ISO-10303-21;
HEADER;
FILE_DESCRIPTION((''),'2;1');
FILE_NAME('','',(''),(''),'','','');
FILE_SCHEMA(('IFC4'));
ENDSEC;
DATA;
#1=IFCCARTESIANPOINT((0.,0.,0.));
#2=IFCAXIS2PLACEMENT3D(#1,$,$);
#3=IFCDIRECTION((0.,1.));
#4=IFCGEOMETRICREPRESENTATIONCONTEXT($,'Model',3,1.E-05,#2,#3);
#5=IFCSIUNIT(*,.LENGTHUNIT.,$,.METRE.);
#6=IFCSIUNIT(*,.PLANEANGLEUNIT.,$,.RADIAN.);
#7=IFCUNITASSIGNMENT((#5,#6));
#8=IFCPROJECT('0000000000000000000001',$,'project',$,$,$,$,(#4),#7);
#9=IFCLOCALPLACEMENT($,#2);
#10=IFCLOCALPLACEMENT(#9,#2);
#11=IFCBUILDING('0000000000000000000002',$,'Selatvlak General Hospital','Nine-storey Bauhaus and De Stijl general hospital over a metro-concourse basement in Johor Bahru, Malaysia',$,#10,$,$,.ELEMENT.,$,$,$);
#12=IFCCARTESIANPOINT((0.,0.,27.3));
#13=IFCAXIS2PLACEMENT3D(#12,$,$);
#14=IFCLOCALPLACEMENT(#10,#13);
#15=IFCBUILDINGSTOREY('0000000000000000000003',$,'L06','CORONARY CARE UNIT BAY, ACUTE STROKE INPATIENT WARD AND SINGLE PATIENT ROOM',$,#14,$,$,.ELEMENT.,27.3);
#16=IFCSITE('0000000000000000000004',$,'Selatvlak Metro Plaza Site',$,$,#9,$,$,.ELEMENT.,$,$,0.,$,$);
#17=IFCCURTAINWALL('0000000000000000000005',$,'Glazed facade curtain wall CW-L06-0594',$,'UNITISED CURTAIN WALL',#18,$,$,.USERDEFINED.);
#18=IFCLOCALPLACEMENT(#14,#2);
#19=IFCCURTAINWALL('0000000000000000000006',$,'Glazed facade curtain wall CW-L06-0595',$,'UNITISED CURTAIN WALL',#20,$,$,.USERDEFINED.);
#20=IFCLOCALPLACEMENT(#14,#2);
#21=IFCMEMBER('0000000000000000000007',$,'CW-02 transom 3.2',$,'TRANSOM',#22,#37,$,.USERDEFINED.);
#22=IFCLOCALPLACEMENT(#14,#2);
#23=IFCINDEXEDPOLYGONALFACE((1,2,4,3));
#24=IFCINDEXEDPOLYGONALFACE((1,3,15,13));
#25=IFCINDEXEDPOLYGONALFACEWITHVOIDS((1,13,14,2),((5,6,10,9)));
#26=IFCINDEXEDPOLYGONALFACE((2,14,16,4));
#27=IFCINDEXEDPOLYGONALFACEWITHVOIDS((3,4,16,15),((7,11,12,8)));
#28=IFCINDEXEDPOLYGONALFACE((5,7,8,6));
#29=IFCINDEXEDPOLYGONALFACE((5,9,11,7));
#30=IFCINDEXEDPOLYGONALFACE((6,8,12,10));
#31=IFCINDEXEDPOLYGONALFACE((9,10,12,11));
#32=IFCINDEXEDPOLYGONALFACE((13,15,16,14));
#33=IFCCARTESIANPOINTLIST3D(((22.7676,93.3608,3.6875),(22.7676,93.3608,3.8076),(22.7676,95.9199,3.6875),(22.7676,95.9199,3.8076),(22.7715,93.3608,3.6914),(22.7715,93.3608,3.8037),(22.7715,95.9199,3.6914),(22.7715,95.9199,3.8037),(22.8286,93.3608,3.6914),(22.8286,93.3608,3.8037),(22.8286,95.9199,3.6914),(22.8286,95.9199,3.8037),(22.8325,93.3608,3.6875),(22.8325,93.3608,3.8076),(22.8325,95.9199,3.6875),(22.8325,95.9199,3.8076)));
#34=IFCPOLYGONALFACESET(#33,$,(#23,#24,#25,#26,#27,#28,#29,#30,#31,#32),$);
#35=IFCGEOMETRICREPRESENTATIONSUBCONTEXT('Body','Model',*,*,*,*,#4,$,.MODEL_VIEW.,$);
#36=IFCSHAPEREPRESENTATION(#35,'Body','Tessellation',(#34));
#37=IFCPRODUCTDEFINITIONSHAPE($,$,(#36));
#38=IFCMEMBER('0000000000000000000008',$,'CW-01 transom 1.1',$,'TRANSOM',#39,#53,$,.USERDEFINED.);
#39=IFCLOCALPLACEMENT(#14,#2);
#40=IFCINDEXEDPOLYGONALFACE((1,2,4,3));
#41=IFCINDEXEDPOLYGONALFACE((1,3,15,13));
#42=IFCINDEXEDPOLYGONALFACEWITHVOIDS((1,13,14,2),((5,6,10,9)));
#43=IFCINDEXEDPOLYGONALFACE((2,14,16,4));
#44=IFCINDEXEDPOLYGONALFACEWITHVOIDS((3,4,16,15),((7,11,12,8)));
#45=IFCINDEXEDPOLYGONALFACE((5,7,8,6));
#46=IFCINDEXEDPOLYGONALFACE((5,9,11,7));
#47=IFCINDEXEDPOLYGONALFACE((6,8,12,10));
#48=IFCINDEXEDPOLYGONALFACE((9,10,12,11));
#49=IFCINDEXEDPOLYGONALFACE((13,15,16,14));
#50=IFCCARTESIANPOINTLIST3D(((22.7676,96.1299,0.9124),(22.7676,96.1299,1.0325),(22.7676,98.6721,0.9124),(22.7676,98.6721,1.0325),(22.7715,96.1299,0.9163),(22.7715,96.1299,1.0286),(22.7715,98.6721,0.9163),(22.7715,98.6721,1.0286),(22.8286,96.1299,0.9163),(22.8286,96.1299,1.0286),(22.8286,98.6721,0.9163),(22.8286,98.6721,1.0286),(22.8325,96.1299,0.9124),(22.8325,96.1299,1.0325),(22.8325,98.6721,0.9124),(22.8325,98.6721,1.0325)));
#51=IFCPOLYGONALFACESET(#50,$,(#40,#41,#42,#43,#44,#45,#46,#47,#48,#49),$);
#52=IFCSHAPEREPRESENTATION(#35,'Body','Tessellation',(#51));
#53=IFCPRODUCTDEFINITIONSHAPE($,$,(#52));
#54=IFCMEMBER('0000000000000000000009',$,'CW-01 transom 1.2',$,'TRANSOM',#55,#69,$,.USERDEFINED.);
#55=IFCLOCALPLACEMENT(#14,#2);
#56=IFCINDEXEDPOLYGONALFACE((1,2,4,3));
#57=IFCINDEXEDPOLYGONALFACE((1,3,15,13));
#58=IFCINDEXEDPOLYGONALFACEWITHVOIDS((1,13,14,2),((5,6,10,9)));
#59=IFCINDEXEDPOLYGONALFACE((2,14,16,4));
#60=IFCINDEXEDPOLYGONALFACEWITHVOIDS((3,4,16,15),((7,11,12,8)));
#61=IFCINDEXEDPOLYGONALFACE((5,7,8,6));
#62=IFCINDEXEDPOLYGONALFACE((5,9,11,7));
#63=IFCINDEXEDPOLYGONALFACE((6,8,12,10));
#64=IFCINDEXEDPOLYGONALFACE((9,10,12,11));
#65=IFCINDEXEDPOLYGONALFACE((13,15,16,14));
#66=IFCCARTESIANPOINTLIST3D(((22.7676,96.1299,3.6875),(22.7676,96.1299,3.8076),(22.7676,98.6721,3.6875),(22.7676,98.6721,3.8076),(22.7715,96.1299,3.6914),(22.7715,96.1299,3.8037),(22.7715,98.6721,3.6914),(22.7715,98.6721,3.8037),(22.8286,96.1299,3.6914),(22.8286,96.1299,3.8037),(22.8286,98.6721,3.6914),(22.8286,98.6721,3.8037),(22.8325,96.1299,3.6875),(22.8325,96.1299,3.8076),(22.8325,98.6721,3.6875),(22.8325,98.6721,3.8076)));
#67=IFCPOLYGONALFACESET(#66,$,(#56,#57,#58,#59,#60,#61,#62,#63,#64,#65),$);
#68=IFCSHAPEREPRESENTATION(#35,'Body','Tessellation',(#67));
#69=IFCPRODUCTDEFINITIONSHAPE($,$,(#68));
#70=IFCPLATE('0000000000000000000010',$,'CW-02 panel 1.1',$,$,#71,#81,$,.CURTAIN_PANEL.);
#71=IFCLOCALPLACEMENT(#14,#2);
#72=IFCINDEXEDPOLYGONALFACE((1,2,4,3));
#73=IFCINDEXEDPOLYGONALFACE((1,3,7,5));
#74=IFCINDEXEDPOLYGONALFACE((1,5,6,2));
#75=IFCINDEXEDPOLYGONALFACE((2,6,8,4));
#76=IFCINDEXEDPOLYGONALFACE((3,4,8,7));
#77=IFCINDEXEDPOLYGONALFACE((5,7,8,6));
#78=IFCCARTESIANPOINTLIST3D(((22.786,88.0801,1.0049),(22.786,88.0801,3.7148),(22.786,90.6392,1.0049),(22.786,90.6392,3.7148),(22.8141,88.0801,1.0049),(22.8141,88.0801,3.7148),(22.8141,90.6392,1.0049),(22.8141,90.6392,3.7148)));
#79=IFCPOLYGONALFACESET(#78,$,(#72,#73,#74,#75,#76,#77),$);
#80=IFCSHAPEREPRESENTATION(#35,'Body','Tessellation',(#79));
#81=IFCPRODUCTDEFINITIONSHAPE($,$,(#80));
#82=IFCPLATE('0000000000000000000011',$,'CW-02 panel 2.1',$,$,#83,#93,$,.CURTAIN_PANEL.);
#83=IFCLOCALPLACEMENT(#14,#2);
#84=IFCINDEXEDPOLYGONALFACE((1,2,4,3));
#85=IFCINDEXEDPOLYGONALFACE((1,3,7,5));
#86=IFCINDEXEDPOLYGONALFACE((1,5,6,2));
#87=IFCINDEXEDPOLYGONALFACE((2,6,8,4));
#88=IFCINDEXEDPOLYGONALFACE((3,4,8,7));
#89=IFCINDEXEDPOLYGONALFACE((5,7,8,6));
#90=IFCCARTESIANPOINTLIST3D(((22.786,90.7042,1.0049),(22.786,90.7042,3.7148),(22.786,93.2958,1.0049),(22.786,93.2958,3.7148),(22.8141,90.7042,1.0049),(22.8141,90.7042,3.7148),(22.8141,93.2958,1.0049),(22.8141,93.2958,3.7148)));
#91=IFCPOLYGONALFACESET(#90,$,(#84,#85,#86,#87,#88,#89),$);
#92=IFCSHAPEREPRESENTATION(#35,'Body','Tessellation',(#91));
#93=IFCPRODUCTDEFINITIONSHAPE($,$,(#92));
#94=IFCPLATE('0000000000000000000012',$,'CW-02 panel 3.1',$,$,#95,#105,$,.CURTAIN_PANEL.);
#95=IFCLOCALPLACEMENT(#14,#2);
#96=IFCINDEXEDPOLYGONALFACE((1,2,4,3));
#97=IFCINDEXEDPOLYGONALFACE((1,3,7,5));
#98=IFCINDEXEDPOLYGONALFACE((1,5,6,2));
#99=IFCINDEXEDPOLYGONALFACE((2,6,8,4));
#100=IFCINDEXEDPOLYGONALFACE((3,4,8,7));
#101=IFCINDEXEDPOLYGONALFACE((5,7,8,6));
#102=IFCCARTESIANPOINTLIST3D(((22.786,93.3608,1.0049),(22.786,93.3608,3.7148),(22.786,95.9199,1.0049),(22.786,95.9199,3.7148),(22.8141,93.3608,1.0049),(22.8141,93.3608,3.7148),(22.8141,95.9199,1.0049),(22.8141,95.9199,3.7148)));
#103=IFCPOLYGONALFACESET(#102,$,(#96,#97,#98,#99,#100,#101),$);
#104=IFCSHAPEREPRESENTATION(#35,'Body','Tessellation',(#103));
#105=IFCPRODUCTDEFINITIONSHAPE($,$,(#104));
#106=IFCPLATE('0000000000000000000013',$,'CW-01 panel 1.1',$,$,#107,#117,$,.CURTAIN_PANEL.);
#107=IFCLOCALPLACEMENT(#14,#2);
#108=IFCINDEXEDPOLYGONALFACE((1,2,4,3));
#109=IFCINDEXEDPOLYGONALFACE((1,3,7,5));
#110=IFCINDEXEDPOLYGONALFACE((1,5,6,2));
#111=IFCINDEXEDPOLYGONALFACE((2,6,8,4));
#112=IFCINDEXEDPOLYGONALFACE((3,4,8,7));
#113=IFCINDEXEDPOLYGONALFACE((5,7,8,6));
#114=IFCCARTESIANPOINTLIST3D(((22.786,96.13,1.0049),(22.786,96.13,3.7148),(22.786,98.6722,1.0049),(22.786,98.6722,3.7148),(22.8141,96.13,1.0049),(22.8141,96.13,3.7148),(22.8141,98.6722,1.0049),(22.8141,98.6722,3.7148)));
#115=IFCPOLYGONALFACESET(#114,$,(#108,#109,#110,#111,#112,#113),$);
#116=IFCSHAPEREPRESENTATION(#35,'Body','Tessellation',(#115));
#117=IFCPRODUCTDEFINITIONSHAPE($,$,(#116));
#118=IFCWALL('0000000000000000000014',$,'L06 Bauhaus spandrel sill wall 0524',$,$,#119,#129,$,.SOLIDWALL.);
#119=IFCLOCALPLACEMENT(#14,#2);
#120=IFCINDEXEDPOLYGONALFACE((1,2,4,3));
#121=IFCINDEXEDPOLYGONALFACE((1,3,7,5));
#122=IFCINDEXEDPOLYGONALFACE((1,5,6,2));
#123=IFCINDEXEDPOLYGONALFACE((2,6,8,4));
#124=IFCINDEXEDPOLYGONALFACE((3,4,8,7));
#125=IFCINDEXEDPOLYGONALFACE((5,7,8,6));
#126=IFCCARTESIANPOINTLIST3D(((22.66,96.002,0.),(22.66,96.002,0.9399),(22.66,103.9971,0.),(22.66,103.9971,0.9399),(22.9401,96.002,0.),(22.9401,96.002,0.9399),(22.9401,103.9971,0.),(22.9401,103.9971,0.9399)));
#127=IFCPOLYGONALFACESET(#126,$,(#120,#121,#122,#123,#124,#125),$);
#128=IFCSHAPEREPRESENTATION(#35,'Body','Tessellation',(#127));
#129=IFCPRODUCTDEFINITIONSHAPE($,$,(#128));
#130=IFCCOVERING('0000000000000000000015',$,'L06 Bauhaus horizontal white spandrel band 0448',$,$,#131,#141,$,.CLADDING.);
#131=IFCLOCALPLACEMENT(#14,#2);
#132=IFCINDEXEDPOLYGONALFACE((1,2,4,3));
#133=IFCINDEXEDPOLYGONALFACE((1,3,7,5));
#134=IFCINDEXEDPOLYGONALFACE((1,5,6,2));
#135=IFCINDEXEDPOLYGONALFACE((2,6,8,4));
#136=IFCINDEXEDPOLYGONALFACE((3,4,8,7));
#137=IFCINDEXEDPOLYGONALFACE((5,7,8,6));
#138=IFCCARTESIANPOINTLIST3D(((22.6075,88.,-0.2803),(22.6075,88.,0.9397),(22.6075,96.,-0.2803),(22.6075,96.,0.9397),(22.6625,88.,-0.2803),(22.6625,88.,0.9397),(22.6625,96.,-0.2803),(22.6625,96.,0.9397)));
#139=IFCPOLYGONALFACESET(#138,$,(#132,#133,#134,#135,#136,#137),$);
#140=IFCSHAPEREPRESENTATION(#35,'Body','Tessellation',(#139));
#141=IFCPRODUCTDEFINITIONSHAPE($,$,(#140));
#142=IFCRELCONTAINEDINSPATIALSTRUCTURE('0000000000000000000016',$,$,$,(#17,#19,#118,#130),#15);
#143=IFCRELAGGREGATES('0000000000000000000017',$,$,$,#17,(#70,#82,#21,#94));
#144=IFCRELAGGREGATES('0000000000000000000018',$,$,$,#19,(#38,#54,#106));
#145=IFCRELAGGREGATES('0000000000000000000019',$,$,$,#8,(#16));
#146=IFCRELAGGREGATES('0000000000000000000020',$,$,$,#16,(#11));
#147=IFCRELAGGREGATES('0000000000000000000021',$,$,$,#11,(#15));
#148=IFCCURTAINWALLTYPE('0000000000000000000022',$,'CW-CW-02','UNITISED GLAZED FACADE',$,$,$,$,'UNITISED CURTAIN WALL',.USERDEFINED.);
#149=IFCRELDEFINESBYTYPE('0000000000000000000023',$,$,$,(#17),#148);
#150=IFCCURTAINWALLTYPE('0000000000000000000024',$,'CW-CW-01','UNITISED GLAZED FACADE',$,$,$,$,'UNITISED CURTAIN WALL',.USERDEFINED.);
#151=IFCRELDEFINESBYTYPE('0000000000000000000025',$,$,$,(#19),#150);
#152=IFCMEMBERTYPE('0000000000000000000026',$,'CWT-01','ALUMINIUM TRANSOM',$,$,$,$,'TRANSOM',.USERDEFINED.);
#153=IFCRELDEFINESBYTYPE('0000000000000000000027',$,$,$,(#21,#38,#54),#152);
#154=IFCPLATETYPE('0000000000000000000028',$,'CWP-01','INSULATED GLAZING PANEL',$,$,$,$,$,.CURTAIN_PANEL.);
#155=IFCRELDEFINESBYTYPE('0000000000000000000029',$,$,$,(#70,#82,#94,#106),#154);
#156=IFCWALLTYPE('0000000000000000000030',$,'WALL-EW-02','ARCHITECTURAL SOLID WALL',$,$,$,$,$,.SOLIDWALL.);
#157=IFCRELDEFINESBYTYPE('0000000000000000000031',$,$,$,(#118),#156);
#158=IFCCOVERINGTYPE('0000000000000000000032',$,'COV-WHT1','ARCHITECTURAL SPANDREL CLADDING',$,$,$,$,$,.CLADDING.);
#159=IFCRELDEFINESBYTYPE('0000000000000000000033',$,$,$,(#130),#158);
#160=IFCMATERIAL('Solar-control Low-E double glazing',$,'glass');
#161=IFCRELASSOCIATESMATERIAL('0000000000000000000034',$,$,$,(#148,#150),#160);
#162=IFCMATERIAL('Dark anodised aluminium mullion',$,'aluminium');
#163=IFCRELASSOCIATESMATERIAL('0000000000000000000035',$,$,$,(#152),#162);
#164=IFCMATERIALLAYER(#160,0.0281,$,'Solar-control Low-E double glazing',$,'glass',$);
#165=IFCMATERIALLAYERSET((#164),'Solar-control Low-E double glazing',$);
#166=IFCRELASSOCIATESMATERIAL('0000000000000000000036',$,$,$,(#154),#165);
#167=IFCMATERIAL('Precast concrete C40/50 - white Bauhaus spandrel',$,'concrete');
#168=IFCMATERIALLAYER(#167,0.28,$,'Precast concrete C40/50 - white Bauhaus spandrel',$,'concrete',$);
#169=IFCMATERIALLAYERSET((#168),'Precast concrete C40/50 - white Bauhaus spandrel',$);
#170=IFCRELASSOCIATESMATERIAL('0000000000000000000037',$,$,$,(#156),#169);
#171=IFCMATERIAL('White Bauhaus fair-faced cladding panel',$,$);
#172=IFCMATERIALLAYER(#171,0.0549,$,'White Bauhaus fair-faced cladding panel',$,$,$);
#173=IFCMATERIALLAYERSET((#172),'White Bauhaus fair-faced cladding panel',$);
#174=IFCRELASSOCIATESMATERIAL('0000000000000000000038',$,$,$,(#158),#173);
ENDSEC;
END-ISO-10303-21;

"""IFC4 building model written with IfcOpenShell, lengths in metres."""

from ifc_helpers import new_model, si_unit, direction, frame, frame_2d, origin, origin_2d, place, context, subcontext, project, spatial, rectangle, hollow_rectangle, extrude, material, layer, layer_set, material_profile, profile_set, type_object, element, aggregate, save


model = new_model("IFC4")

# Units and contexts
model_context = context("Model", 3, precision=1e-05, world=origin(), true_north=direction((0.0, 1.0)))
body_context = subcontext(model_context, "Body", "Model", "MODEL_VIEW")
ifc_project = project(units=[si_unit("LENGTHUNIT", "METRE"), si_unit("PLANEANGLEUNIT", "RADIAN")], contexts=[model_context])

# Site, building, storey
site_placement = place(None, origin())
site = spatial("IfcSite", under=ifc_project, at=site_placement, Name="Selatvlak Metro Plaza Site", CompositionType="ELEMENT", RefElevation=0.0)
building_placement = place(site_placement, origin())
building = spatial("IfcBuilding", under=site, at=building_placement, Name="Selatvlak General Hospital", Description="Nine-storey Bauhaus and De Stijl general hospital over a metro-concourse basement in Johor Bahru, Malaysia", CompositionType="ELEMENT")
storey_placement = place(building_placement, frame((0.0, 0.0, 27.3)))
storey = spatial("IfcBuildingStorey", under=building, at=storey_placement, Name="L06", Description="CORONARY CARE UNIT BAY, ACUTE STROKE INPATIENT WARD AND SINGLE PATIENT ROOM", CompositionType="ELEMENT", Elevation=27.3)

# Curtain walls
ifc_material_1 = material(Name="Solar-control Low-E double glazing", Category="glass")
curtain_wall_type_1 = type_object("IfcCurtainWallType", Name="CW-CW-02", Description="UNITISED GLAZED FACADE", ElementType="UNITISED CURTAIN WALL", PredefinedType="USERDEFINED", material=ifc_material_1)
curtain_wall_1_placement = place(storey_placement, origin())
curtain_wall_1 = element("IfcCurtainWall", 1, at=curtain_wall_1_placement, inside=storey, type_object=curtain_wall_type_1, Name="Glazed facade curtain wall CW-L06-0594", ObjectType="UNITISED CURTAIN WALL", PredefinedType="USERDEFINED")
ifc_material_2 = material(Name="Dark anodised aluminium mullion", Category="aluminium")
curtain_wall_type_2 = type_object("IfcCurtainWallType", Name="CW-CW-01", Description="UNITISED GLAZED FACADE", ElementType="UNITISED CURTAIN WALL", PredefinedType="USERDEFINED", material=ifc_material_1)
curtain_wall_2_placement = place(storey_placement, origin())
curtain_wall_2 = element("IfcCurtainWall", 2, at=curtain_wall_2_placement, inside=storey, type_object=curtain_wall_type_2, Name="Glazed facade curtain wall CW-L06-0595", ObjectType="UNITISED CURTAIN WALL", PredefinedType="USERDEFINED")

# Members
ifc_material_profile_1 = material_profile(ifc_material_2, hollow_rectangle(XDim=0.0649, YDim=0.1201, WallThickness=0.0039, at=origin_2d()), Name="AL-TRN 65x120x4")
ifc_profile_set_1 = profile_set([ifc_material_profile_1], Name="Dark anodised aluminium mullion")
member_type_1 = type_object("IfcMemberType", Name="CWT-01", Description="ALUMINIUM TRANSOM", ElementType="TRANSOM", PredefinedType="USERDEFINED", material=ifc_profile_set_1)
member_1_placement = place(storey_placement, frame((22.8, 93.3608, 3.7476), z_axis=(0.0, 1.0, 0.0), x_axis=(-1.0, 0.0, 0.0)))
member_1 = element("IfcMember", 3, at=member_1_placement, type_object=member_type_1, Name="CW-02 transom 3.2", ObjectType="TRANSOM", PredefinedType="USERDEFINED", context=body_context, shape_type="SweptSolid", body=[
    extrude(hollow_rectangle(XDim=0.0649, YDim=0.1201, WallThickness=0.0039, at=origin_2d()), origin(), (0.0, 0.0, 1.0), 2.5591),
])
member_2_placement = place(storey_placement, frame((22.8, 96.1299, 0.9724), z_axis=(0.0, 1.0, 0.0), x_axis=(-1.0, 0.0, 0.0)))
member_2 = element("IfcMember", 4, at=member_2_placement, type_object=member_type_1, Name="CW-01 transom 1.1", ObjectType="TRANSOM", PredefinedType="USERDEFINED", context=body_context, shape_type="SweptSolid", body=[
    extrude(hollow_rectangle(XDim=0.0649, YDim=0.1201, WallThickness=0.0039, at=origin_2d()), origin(), (0.0, 0.0, 1.0), 2.5422),
])
member_3_placement = place(storey_placement, frame((22.8, 96.1299, 3.7476), z_axis=(0.0, 1.0, 0.0), x_axis=(-1.0, 0.0, 0.0)))
member_3 = element("IfcMember", 5, at=member_3_placement, type_object=member_type_1, Name="CW-01 transom 1.2", ObjectType="TRANSOM", PredefinedType="USERDEFINED", context=body_context, shape_type="SweptSolid", body=[
    extrude(hollow_rectangle(XDim=0.0649, YDim=0.1201, WallThickness=0.0039, at=origin_2d()), origin(), (0.0, 0.0, 1.0), 2.5422),
])

# Plates
ifc_layer_1 = layer(ifc_material_1, 0.0281, Name="Solar-control Low-E double glazing", Category="glass")
ifc_layer_set_1 = layer_set([ifc_layer_1], Name="Solar-control Low-E double glazing")
plate_type = type_object("IfcPlateType", Name="CWP-01", Description="INSULATED GLAZING PANEL", PredefinedType="CURTAIN_PANEL", material=ifc_layer_set_1)
plate_1_placement = place(storey_placement, frame((22.8, 89.3596, 1.0049), z_axis=(0.0, 0.0, 1.0), x_axis=(0.0, 1.0, 0.0)))
plate_1 = element("IfcPlate", 6, at=plate_1_placement, type_object=plate_type, Name="CW-02 panel 1.1", PredefinedType="CURTAIN_PANEL", context=body_context, shape_type="SweptSolid", body=[
    extrude(rectangle(XDim=2.5591, YDim=0.0281, at=origin_2d()), origin(), (0.0, 0.0, 1.0), 2.71),
])
plate_2_placement = place(storey_placement, frame((22.8, 92.0, 1.0049), z_axis=(0.0, 0.0, 1.0), x_axis=(0.0, 1.0, 0.0)))
plate_2 = element("IfcPlate", 7, at=plate_2_placement, type_object=plate_type, Name="CW-02 panel 2.1", PredefinedType="CURTAIN_PANEL", context=body_context, shape_type="SweptSolid", body=[
    extrude(rectangle(XDim=2.5916, YDim=0.0281, at=origin_2d()), origin(), (0.0, 0.0, 1.0), 2.71),
])
plate_3_placement = place(storey_placement, frame((22.8, 94.6404, 1.0049), z_axis=(0.0, 0.0, 1.0), x_axis=(0.0, 1.0, 0.0)))
plate_3 = element("IfcPlate", 8, at=plate_3_placement, type_object=plate_type, Name="CW-02 panel 3.1", PredefinedType="CURTAIN_PANEL", context=body_context, shape_type="SweptSolid", body=[
    extrude(rectangle(XDim=2.5591, YDim=0.0281, at=origin_2d()), origin(), (0.0, 0.0, 1.0), 2.71),
])
aggregate(curtain_wall_1, [plate_1, plate_2, member_1, plate_3])
plate_4_placement = place(storey_placement, frame((22.8, 97.4011, 1.0049), z_axis=(0.0, 0.0, 1.0), x_axis=(0.0, 1.0, 0.0)))
plate_4 = element("IfcPlate", 9, at=plate_4_placement, type_object=plate_type, Name="CW-01 panel 1.1", PredefinedType="CURTAIN_PANEL", context=body_context, shape_type="SweptSolid", body=[
    extrude(rectangle(XDim=2.5422, YDim=0.0281, at=origin_2d()), origin(), (0.0, 0.0, 1.0), 2.71),
])
aggregate(curtain_wall_2, [member_2, member_3, plate_4])

# Wall
ifc_material_3 = material(Name="Precast concrete C40/50 - white Bauhaus spandrel", Category="concrete")
ifc_layer_2 = layer(ifc_material_3, 0.28, Name="Precast concrete C40/50 - white Bauhaus spandrel", Category="concrete")
ifc_layer_set_2 = layer_set([ifc_layer_2], Name="Precast concrete C40/50 - white Bauhaus spandrel")
wall_type_1 = type_object("IfcWallType", Name="WALL-EW-02", Description="ARCHITECTURAL SOLID WALL", PredefinedType="SOLIDWALL", material=ifc_layer_set_2)
wall_1_placement = place(storey_placement, frame((22.8, 96.002, 0.0), z_axis=(0.0, 0.0, 1.0), x_axis=(0.0, 1.0, 0.0)))
element("IfcWall", 10, at=wall_1_placement, inside=storey, type_object=wall_type_1, Name="L06 Bauhaus spandrel sill wall 0524", PredefinedType="SOLIDWALL", context=body_context, shape_type="SweptSolid", body=[
    extrude(rectangle(XDim=7.9951, YDim=0.28, at=frame_2d((3.9976, 0.0))), origin(), (0.0, 0.0, 1.0), 0.9399),
])

# Covering
ifc_material_4 = material(Name="White Bauhaus fair-faced cladding panel")
ifc_layer_3 = layer(ifc_material_4, 0.0549, Name="White Bauhaus fair-faced cladding panel")
ifc_layer_set_3 = layer_set([ifc_layer_3], Name="White Bauhaus fair-faced cladding panel")
covering_type = type_object("IfcCoveringType", Name="COV-WHT1", Description="ARCHITECTURAL SPANDREL CLADDING", PredefinedType="CLADDING", material=ifc_layer_set_3)
covering_placement = place(storey_placement, frame((22.635, 92.0, -0.2803), z_axis=(0.0, 0.0, 1.0), x_axis=(0.0, 1.0, 0.0)))
element("IfcCovering", 11, at=covering_placement, inside=storey, type_object=covering_type, Name="L06 Bauhaus horizontal white spandrel band 0448", PredefinedType="CLADDING", context=body_context, shape_type="SweptSolid", body=[
    extrude(rectangle(XDim=8.0, YDim=0.0549, at=origin_2d()), origin(), (0.0, 0.0, 1.0), 1.22),
])

save(model, "model.ifc")
